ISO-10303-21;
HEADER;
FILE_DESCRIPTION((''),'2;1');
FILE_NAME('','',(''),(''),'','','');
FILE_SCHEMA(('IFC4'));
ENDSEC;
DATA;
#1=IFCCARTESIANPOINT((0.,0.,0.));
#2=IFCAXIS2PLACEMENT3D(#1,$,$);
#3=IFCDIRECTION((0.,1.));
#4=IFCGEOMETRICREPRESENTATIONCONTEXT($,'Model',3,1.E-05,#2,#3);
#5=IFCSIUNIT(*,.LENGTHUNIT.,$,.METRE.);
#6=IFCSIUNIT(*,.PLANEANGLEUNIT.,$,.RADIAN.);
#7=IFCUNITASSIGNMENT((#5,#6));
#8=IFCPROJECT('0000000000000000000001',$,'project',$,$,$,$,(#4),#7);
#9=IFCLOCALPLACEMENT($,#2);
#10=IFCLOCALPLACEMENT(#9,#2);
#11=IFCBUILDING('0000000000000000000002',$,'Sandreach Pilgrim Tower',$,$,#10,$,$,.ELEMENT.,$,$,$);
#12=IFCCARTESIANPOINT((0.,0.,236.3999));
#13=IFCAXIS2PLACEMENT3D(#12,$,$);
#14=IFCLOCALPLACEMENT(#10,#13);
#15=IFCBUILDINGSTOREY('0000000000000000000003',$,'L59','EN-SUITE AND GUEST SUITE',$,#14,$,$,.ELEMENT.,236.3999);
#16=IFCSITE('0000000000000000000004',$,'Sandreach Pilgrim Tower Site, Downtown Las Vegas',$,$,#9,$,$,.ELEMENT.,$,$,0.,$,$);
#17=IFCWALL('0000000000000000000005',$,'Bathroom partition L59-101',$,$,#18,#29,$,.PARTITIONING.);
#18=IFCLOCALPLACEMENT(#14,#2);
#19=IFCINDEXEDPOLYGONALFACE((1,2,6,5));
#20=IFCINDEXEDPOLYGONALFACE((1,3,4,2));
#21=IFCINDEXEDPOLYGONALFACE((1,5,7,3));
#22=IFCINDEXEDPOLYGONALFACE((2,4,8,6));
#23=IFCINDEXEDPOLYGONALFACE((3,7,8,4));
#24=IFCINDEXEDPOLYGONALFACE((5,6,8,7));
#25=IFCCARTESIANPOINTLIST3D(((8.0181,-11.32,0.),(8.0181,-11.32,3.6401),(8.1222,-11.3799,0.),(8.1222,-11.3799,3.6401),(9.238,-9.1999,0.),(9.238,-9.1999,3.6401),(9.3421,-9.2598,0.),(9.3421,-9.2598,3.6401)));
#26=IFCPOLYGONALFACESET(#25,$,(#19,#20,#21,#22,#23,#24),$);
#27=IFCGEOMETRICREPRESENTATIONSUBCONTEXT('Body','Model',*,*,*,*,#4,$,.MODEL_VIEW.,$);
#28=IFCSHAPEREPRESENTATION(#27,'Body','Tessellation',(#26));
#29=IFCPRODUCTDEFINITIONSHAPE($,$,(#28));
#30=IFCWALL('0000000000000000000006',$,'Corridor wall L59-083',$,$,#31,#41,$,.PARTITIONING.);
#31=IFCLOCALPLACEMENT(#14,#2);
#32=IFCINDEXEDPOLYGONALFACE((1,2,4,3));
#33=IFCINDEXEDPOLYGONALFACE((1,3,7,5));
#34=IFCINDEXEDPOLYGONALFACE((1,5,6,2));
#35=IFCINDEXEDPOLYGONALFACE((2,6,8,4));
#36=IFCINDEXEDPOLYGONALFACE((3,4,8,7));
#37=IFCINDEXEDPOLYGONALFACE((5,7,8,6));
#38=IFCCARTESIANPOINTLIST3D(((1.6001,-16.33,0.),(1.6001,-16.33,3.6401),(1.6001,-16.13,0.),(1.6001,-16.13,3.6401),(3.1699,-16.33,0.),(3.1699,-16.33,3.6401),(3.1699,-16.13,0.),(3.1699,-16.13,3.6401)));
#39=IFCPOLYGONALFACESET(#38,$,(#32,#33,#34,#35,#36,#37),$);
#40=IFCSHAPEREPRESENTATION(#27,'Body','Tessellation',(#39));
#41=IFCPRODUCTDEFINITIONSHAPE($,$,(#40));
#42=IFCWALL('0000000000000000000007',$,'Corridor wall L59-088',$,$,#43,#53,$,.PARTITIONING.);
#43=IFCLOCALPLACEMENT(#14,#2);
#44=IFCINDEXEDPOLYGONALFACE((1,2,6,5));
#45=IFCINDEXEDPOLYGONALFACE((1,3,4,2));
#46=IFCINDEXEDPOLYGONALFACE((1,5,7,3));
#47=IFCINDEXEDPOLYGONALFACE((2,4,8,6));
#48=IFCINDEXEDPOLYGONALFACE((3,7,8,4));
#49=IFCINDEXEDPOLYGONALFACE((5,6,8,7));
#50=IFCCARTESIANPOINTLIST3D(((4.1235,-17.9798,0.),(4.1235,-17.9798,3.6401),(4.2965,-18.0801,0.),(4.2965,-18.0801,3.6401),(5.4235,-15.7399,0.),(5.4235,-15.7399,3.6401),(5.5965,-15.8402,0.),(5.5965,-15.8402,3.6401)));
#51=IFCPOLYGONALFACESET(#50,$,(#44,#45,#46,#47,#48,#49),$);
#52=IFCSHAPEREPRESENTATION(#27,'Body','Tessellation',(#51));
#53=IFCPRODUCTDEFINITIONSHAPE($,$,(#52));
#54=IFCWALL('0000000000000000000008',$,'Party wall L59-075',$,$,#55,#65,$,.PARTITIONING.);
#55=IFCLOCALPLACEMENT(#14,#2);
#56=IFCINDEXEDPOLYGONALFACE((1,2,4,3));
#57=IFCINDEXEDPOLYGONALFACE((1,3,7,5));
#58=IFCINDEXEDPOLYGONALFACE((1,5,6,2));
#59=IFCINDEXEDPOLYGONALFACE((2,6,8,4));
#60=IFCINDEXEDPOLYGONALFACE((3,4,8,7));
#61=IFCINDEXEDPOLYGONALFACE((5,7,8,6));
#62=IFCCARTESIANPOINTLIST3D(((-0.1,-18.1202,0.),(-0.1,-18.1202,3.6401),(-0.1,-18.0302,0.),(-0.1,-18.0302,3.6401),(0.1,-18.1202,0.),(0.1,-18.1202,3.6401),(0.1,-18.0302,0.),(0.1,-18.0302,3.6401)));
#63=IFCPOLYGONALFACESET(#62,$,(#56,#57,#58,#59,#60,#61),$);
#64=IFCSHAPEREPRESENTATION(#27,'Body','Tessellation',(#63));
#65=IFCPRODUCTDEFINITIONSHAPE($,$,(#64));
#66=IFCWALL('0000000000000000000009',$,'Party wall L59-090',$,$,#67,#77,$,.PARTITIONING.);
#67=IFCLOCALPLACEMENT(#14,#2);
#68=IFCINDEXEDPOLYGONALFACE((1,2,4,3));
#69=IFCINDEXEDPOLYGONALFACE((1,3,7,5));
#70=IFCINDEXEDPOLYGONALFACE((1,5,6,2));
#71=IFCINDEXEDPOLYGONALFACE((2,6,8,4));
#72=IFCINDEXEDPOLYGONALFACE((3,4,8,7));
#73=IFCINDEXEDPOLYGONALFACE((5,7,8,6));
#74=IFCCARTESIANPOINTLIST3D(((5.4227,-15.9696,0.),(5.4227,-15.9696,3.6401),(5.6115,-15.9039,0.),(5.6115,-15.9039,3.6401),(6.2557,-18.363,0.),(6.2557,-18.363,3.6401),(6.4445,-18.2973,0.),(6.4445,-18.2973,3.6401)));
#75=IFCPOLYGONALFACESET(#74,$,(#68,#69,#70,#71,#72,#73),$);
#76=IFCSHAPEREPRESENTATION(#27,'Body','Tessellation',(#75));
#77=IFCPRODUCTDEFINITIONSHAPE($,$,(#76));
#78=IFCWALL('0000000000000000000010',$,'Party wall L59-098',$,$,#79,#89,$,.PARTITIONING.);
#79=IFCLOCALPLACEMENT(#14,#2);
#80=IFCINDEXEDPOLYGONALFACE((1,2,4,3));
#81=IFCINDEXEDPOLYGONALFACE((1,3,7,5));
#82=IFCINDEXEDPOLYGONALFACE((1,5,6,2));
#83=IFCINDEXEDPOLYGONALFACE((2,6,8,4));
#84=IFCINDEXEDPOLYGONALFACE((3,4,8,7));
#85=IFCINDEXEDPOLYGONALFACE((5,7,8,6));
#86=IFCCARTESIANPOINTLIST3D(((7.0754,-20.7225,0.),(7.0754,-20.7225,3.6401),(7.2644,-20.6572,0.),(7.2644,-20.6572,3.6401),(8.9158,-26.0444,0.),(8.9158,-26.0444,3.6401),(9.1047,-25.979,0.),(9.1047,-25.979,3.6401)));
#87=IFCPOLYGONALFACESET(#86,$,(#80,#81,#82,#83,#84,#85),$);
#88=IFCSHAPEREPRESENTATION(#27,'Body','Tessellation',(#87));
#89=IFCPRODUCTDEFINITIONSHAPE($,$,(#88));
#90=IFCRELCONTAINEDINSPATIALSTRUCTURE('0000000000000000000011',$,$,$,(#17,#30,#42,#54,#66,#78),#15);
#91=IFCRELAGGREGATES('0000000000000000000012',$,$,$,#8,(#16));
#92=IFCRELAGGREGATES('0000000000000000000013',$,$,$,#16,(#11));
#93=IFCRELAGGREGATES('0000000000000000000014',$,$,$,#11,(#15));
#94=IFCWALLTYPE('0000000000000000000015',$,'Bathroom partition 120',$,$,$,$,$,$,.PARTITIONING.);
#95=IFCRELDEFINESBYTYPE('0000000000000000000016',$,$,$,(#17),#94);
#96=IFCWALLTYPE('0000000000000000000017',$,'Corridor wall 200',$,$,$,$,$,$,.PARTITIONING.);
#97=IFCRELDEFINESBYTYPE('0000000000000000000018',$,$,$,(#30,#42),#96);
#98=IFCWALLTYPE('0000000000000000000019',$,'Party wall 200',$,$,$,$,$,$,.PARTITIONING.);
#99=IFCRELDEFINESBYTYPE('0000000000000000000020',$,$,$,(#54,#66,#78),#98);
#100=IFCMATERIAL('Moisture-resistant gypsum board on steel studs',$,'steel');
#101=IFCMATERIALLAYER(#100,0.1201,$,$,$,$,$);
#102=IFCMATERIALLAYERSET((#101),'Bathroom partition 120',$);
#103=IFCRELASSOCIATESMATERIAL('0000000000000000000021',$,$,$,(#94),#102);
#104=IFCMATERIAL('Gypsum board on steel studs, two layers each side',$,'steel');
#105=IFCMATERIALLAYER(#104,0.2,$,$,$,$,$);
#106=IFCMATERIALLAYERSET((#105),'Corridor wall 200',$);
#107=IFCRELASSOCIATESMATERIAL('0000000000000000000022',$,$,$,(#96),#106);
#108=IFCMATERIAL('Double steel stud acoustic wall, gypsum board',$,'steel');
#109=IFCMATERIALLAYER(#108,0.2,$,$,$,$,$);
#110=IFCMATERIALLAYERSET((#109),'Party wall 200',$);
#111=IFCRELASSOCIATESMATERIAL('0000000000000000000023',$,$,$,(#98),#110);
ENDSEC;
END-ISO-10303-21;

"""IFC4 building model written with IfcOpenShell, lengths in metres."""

from ifc_helpers import new_model, si_unit, direction, frame, frame_2d, origin, place, context, subcontext, project, spatial, rectangle, extrude, material, layer, layer_set, type_object, element, save


model = new_model("IFC4")

# Units and contexts
model_context = context("Model", 3, precision=1e-05, world=origin(), true_north=direction((0.0, 1.0)))
body_context = subcontext(model_context, "Body", "Model", "MODEL_VIEW")
ifc_project = project(units=[si_unit("LENGTHUNIT", "METRE"), si_unit("PLANEANGLEUNIT", "RADIAN")], contexts=[model_context])

# Site, building, storey
site_placement = place(None, origin())
site = spatial("IfcSite", under=ifc_project, at=site_placement, Name="Sandreach Pilgrim Tower Site, Downtown Las Vegas", CompositionType="ELEMENT", RefElevation=0.0)
building_placement = place(site_placement, origin())
building = spatial("IfcBuilding", under=site, at=building_placement, Name="Sandreach Pilgrim Tower", CompositionType="ELEMENT")
storey_placement = place(building_placement, frame((0.0, 0.0, 236.3999)))
storey = spatial("IfcBuildingStorey", under=building, at=storey_placement, Name="L59", Description="EN-SUITE AND GUEST SUITE", CompositionType="ELEMENT", Elevation=236.3999)

# Shared definitions
ifc_material_1 = material(Name="Moisture-resistant gypsum board on steel studs", Category="steel")
ifc_layer_1 = layer(ifc_material_1, 0.1201)
ifc_layer_set_1 = layer_set([ifc_layer_1], Name="Bathroom partition 120")
wall_type_1 = type_object("IfcWallType", Name="Bathroom partition 120", PredefinedType="PARTITIONING", material=ifc_layer_set_1)

# Wall
wall_1_placement = place(storey_placement, frame((8.0701, -11.3501, 0.0), z_axis=(0.0, 0.0, 1.0), x_axis=(0.498749, 0.866747, 0.0)))
element("IfcWall", 1, at=wall_1_placement, inside=storey, type_object=wall_type_1, Name="Bathroom partition L59-101", PredefinedType="PARTITIONING", context=body_context, shape_type="SweptSolid", body=[
    extrude(rectangle(XDim=2.446, YDim=0.1201, at=frame_2d((1.2231, 0.0))), origin(), (0.0, 0.0, 1.0), 3.6401),
])

# Shared definitions
ifc_material_2 = material(Name="Gypsum board on steel studs, two layers each side", Category="steel")
ifc_layer_2 = layer(ifc_material_2, 0.2)
ifc_layer_set_2 = layer_set([ifc_layer_2], Name="Corridor wall 200")
wall_type_2 = type_object("IfcWallType", Name="Corridor wall 200", PredefinedType="PARTITIONING", material=ifc_layer_set_2)

# Walls
wall_2_placement = place(storey_placement, frame((3.1699, -16.23, 0.0), z_axis=(0.0, 0.0, 1.0), x_axis=(-1.0, 0.0, 0.0)))
element("IfcWall", 2, at=wall_2_placement, inside=storey, type_object=wall_type_2, Name="Corridor wall L59-083", PredefinedType="PARTITIONING", context=body_context, shape_type="SweptSolid", body=[
    extrude(rectangle(XDim=1.5698, YDim=0.2, at=frame_2d((0.7849, 0.0))), origin(), (0.0, 0.0, 1.0), 3.6401),
])
wall_3_placement = place(storey_placement, frame((5.51, -15.79, 0.0), z_axis=(0.0, 0.0, 1.0), x_axis=(-0.501965, -0.864888, 0.0)))
element("IfcWall", 3, at=wall_3_placement, inside=storey, type_object=wall_type_2, Name="Corridor wall L59-088", PredefinedType="PARTITIONING", context=body_context, shape_type="SweptSolid", body=[
    extrude(rectangle(XDim=2.5898, YDim=0.2, at=frame_2d((1.2949, 0.0))), origin(), (0.0, 0.0, 1.0), 3.6401),
])
ifc_material_3 = material(Name="Double steel stud acoustic wall, gypsum board", Category="steel")
ifc_layer_3 = layer(ifc_material_3, 0.2)
ifc_layer_set_3 = layer_set([ifc_layer_3], Name="Party wall 200")
wall_type_3 = type_object("IfcWallType", Name="Party wall 200", PredefinedType="PARTITIONING", material=ifc_layer_set_3)
wall_4_placement = place(storey_placement, frame((0.0, -18.1201, 0.0), z_axis=(0.0, 0.0, 1.0), x_axis=(0.0, 1.0, 0.0)))
element("IfcWall", 4, at=wall_4_placement, inside=storey, type_object=wall_type_3, Name="Party wall L59-075", PredefinedType="PARTITIONING", context=body_context, shape_type="SweptSolid", body=[
    extrude(rectangle(XDim=0.0901, YDim=0.2, at=frame_2d((0.0449, 0.0))), origin(), (0.0, 0.0, 1.0), 3.6401),
])
wall_5_placement = place(storey_placement, frame((5.5171, -15.9368, 0.0), z_axis=(0.0, 0.0, 1.0), x_axis=(0.328715, -0.944429, 0.0)))
element("IfcWall", 5, at=wall_5_placement, inside=storey, type_object=wall_type_3, Name="Party wall L59-090", PredefinedType="PARTITIONING", context=body_context, shape_type="SweptSolid", body=[
    extrude(rectangle(XDim=2.5342, YDim=0.2, at=frame_2d((1.2671, 0.0))), origin(), (0.0, 0.0, 1.0), 3.6401),
])
wall_6_placement = place(storey_placement, frame((7.1699, -20.6899, 0.0), z_axis=(0.0, 0.0, 1.0), x_axis=(0.326822, -0.945086, 0.0)))
element("IfcWall", 6, at=wall_6_placement, inside=storey, type_object=wall_type_3, Name="Party wall L59-098", PredefinedType="PARTITIONING", context=body_context, shape_type="SweptSolid", body=[
    extrude(rectangle(XDim=5.6311, YDim=0.2, at=frame_2d((2.8154, 0.0))), origin(), (0.0, 0.0, 1.0), 3.6401),
])

save(model, "model.ifc")
